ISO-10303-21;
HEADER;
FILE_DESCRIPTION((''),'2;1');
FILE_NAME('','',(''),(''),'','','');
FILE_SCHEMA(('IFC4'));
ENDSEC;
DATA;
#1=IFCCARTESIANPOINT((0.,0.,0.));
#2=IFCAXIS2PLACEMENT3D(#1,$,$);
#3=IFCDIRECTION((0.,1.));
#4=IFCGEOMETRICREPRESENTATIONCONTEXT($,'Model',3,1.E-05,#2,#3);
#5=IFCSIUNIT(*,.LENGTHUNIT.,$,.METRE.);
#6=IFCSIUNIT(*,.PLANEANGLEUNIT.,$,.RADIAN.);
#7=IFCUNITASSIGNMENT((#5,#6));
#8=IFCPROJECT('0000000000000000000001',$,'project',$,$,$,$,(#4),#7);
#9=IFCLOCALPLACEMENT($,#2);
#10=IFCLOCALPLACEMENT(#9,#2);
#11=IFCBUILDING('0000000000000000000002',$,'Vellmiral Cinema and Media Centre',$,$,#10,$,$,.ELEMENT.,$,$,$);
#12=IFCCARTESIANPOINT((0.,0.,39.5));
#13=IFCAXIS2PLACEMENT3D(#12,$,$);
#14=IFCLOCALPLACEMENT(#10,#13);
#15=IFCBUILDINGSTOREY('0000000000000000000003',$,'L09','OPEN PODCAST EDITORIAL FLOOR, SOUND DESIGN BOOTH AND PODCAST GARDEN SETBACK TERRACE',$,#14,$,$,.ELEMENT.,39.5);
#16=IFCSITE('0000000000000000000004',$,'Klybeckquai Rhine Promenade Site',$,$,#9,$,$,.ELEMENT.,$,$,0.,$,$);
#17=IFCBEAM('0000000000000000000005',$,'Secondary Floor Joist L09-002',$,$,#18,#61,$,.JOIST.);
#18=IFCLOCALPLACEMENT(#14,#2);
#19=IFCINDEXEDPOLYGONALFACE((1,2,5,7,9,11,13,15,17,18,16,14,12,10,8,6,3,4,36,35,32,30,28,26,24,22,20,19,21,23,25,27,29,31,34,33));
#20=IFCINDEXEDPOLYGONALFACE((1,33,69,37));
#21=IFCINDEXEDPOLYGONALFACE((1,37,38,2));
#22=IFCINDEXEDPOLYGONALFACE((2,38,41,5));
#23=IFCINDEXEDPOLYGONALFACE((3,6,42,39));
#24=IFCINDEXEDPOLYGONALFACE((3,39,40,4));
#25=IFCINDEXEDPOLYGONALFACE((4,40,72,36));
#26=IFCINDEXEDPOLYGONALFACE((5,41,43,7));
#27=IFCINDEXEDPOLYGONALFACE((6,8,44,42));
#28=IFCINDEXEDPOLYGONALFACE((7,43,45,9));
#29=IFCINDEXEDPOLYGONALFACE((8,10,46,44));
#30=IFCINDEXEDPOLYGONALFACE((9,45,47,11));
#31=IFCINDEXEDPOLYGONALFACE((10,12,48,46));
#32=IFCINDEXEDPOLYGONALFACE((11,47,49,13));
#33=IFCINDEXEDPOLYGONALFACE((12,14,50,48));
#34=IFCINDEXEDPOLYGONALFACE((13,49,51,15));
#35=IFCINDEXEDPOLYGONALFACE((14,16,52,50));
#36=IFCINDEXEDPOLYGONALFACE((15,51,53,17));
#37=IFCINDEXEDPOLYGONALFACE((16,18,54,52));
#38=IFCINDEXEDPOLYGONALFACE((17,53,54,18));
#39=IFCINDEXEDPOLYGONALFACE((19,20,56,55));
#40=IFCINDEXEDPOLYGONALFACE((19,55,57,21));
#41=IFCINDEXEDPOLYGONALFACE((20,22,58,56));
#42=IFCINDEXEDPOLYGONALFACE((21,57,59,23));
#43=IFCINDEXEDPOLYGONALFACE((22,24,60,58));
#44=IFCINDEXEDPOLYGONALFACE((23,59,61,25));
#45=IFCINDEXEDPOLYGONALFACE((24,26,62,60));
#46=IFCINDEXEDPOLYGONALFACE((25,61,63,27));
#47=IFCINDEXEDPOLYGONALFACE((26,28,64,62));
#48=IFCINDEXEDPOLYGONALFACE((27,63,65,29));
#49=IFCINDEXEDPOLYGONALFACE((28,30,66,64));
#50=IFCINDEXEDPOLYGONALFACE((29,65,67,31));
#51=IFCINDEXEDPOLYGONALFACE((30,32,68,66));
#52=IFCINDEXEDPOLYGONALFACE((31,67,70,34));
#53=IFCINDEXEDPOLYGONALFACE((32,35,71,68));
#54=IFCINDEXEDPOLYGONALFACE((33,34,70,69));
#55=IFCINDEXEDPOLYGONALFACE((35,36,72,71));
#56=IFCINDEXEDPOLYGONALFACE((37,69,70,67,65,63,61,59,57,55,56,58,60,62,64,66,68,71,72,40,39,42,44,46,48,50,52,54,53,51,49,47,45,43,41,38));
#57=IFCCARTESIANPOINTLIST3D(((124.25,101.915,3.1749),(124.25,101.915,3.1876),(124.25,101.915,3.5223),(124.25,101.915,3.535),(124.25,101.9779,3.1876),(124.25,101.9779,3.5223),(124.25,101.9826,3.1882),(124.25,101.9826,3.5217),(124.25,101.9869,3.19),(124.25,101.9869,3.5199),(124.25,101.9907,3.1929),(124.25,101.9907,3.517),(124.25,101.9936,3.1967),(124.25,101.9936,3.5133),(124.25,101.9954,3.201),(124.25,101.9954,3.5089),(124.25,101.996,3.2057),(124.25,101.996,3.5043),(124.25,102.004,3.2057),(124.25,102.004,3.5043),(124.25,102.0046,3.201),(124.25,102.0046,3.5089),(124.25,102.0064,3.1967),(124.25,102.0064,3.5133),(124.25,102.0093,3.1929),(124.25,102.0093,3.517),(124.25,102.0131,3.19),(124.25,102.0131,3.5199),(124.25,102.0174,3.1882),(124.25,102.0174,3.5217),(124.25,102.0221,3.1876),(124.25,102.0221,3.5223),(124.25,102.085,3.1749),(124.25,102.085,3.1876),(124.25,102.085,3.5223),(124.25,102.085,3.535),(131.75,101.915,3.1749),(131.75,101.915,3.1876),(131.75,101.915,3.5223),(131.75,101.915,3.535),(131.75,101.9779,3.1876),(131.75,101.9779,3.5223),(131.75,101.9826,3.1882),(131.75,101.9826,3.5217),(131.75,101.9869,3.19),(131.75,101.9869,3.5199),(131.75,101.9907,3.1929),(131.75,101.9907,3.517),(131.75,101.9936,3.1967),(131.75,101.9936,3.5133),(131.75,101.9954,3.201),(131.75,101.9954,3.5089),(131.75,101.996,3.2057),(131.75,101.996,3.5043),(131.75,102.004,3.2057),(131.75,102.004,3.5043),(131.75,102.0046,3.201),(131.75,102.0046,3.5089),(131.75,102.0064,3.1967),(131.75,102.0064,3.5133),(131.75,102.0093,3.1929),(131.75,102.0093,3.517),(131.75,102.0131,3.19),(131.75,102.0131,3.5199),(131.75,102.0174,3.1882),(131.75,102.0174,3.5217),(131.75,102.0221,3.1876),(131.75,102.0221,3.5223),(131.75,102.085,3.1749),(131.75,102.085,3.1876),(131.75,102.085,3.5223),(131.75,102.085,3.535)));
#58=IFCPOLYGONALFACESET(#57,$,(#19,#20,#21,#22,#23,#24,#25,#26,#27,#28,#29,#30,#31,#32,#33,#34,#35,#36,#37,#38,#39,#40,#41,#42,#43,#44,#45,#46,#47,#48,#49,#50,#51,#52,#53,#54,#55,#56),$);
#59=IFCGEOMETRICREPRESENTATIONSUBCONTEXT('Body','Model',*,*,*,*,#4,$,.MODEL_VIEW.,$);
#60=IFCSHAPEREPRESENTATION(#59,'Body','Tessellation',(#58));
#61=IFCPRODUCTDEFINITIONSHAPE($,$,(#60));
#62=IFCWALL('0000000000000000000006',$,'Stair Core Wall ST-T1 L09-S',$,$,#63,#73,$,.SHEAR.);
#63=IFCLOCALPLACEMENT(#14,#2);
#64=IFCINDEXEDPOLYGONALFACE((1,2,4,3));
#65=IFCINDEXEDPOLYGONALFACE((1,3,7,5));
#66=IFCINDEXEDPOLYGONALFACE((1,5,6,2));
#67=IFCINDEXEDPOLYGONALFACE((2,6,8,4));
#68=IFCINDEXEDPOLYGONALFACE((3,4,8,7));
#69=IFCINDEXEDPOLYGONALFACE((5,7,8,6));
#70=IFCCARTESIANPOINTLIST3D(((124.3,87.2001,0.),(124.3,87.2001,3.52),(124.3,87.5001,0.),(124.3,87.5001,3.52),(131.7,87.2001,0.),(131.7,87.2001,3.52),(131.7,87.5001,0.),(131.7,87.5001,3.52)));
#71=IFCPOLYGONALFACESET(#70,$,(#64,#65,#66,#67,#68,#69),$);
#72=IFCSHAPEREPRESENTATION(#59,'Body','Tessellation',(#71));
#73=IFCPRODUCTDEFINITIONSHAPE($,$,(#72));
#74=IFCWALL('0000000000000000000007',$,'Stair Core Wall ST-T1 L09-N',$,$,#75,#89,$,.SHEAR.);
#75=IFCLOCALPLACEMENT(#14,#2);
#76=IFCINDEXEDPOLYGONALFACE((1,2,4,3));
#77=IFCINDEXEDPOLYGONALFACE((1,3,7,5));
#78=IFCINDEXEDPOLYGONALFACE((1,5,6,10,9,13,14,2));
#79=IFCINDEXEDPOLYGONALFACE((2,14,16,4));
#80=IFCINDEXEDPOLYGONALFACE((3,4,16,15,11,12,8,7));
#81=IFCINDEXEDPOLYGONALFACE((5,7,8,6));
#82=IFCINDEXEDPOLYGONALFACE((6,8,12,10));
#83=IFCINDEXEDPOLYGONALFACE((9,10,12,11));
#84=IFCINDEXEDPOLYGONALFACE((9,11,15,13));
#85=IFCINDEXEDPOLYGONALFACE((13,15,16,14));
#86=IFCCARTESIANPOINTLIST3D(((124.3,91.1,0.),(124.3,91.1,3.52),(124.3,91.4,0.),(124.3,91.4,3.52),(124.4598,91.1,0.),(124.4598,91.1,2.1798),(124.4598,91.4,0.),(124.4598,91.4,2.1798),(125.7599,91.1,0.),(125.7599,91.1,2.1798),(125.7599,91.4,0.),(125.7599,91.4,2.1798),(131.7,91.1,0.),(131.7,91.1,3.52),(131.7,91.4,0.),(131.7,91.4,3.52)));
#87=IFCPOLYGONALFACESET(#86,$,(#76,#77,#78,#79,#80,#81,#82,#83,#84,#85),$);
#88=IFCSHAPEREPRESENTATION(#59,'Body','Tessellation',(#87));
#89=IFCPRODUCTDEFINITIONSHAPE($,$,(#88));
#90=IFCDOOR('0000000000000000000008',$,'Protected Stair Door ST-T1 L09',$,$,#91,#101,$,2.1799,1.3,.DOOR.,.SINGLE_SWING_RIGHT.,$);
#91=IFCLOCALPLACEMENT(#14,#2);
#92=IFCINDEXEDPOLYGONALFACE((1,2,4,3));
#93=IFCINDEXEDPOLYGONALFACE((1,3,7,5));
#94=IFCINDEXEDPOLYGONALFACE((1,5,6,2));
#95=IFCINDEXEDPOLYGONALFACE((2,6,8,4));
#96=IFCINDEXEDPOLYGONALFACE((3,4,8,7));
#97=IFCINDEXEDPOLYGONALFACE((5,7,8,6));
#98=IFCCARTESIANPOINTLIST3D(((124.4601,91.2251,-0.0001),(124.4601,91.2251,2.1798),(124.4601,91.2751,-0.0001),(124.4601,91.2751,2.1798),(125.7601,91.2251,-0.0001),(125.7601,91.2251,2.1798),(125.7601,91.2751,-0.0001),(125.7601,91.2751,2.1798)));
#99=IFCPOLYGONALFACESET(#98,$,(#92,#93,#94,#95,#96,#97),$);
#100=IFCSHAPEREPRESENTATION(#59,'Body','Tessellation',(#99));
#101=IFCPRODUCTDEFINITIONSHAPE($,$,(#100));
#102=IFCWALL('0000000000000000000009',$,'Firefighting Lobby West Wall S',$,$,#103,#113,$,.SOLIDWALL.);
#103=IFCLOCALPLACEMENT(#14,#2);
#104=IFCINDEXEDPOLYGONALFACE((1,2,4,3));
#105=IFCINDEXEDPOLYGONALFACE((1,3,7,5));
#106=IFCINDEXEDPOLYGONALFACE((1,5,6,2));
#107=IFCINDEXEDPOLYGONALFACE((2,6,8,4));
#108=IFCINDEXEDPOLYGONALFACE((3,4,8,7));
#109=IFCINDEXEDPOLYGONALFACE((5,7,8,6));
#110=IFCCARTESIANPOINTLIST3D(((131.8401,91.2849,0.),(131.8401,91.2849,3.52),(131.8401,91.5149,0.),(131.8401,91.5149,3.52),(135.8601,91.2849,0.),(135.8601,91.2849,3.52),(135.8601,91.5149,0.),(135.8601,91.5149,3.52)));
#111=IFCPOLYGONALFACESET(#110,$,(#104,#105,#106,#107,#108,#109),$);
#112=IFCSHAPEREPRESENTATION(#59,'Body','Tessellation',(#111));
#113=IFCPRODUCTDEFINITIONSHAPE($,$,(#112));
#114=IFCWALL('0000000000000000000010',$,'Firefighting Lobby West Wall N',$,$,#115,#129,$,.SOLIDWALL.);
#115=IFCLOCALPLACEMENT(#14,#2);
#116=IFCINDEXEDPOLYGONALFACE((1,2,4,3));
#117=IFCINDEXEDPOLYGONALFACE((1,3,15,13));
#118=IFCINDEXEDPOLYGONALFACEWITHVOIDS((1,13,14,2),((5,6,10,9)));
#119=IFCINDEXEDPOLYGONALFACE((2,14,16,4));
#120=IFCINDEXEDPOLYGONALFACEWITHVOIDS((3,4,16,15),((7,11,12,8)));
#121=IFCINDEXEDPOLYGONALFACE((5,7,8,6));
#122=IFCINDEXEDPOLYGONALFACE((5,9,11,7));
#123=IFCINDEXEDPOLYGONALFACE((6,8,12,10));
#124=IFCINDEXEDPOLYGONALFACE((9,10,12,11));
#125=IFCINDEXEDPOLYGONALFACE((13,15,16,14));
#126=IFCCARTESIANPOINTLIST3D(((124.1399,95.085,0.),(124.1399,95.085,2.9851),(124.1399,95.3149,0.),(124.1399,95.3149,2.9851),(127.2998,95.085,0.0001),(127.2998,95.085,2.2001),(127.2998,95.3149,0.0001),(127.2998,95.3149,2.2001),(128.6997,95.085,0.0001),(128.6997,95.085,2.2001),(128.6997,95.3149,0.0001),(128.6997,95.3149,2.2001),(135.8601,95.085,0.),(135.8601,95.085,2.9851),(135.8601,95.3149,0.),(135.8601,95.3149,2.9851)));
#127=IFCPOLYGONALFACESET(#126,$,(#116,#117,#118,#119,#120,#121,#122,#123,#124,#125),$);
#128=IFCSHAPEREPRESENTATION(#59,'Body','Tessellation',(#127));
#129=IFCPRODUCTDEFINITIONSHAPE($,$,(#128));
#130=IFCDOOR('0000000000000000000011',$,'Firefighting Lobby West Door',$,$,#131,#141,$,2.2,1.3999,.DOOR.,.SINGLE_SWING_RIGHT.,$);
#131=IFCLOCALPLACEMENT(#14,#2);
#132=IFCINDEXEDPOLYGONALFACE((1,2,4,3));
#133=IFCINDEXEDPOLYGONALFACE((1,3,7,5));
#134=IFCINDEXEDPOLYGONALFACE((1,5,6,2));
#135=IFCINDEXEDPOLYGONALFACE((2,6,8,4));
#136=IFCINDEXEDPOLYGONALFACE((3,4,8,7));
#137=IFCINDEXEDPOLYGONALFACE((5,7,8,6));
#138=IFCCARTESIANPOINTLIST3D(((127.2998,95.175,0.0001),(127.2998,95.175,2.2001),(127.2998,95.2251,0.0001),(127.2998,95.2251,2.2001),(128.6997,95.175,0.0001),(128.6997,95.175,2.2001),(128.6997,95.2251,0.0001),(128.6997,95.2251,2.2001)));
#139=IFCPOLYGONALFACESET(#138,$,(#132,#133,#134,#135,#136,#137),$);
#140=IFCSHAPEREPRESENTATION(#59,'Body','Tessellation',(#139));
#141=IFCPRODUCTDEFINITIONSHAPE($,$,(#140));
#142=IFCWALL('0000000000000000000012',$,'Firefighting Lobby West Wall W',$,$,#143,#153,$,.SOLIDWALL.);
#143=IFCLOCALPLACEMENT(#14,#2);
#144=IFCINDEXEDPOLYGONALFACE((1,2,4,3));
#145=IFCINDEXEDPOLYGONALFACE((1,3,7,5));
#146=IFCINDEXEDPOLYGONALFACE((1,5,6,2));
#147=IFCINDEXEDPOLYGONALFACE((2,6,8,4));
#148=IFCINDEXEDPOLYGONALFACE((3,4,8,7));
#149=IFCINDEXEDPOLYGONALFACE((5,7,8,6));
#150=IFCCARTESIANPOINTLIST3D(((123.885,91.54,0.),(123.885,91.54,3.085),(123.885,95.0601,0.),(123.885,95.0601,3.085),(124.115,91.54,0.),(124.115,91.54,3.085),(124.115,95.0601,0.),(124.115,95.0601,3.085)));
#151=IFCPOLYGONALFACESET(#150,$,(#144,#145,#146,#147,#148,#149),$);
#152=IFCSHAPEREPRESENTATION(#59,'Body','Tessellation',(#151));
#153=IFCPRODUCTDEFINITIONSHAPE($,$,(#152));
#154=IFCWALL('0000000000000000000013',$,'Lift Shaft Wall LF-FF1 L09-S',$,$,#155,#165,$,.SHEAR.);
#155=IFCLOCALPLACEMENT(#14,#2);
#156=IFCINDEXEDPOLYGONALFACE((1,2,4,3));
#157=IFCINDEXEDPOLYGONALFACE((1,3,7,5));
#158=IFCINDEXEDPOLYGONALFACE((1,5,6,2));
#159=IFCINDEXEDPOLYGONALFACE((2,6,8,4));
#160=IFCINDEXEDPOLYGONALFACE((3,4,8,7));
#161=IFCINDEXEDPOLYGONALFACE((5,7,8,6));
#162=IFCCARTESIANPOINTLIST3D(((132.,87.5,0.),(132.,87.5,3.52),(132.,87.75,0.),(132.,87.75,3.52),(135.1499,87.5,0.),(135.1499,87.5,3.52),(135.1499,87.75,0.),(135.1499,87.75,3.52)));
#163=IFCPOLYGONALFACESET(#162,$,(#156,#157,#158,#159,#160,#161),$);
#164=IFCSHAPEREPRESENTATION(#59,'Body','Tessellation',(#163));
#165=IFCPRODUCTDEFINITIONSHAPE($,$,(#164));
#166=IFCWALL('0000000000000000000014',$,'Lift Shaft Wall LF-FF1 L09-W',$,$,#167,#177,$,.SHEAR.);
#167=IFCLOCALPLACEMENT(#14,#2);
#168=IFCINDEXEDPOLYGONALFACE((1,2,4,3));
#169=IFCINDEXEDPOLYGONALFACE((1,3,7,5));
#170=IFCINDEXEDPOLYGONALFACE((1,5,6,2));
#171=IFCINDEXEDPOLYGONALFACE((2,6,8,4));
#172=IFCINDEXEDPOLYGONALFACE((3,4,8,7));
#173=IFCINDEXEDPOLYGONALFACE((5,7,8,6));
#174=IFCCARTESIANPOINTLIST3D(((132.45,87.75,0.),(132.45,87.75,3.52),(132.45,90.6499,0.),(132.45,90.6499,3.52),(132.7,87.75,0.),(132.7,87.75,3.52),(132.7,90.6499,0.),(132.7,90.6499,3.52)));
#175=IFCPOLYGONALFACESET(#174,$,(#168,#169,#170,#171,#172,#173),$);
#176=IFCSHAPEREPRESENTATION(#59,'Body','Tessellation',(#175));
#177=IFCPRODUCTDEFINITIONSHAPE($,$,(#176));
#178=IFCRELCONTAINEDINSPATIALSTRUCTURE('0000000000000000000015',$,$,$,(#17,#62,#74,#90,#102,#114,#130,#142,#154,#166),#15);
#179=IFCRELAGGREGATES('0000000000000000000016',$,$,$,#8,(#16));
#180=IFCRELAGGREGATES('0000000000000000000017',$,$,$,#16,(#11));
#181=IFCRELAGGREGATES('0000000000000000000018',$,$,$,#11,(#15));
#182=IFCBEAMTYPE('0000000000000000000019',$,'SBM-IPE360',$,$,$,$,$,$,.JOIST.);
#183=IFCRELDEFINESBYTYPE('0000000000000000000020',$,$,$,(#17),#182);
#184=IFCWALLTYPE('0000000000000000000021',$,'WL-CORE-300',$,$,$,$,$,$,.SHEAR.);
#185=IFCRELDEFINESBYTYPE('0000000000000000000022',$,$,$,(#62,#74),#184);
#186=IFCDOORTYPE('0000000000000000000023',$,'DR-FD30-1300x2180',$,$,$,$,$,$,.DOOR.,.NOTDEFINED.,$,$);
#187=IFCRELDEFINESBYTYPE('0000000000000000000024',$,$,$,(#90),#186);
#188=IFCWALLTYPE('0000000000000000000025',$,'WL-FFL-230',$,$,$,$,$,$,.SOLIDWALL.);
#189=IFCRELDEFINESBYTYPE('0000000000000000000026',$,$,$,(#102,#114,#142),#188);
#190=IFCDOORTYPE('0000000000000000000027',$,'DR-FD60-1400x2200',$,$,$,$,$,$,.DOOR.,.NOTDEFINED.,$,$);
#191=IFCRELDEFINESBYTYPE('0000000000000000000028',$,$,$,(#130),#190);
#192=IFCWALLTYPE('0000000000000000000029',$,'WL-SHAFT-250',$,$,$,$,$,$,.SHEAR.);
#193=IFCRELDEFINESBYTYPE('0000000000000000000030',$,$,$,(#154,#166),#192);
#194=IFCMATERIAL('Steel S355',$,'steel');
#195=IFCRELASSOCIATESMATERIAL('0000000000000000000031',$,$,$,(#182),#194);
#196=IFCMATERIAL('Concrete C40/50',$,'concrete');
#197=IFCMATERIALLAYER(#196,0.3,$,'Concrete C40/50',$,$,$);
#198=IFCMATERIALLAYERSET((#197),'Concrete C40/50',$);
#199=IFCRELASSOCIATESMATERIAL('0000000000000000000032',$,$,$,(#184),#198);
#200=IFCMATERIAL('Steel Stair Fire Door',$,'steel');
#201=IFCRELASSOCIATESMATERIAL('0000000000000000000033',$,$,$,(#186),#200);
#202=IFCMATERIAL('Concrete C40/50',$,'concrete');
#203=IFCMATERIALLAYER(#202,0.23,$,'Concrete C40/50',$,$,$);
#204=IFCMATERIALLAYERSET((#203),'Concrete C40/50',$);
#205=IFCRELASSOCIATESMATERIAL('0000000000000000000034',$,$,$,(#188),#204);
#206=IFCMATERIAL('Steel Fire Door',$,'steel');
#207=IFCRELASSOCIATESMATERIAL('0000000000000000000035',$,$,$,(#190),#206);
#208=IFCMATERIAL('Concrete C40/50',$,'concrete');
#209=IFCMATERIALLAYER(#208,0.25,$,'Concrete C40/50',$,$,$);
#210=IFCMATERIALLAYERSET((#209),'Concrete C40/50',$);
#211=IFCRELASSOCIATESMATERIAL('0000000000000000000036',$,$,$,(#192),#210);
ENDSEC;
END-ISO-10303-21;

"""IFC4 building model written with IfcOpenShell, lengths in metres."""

from ifc_helpers import new_model, si_unit, direction, frame, frame_2d, origin, origin_2d, place, context, subcontext, project, spatial, rectangle, i_section, extrude, material, layer, layer_set, material_profile, profile_set, type_object, element, fill, save


model = new_model("IFC4")

# Units and contexts
model_context = context("Model", 3, precision=1e-05, world=origin(), true_north=direction((0.0, 1.0)))
body_context = subcontext(model_context, "Body", "Model", "MODEL_VIEW")
ifc_project = project(units=[si_unit("LENGTHUNIT", "METRE"), si_unit("PLANEANGLEUNIT", "RADIAN")], contexts=[model_context])

# Site, building, storey
site_placement = place(None, origin())
site = spatial("IfcSite", under=ifc_project, at=site_placement, Name="Klybeckquai Rhine Promenade Site", CompositionType="ELEMENT", RefElevation=0.0)
building_placement = place(site_placement, origin())
building = spatial("IfcBuilding", under=site, at=building_placement, Name="Vellmiral Cinema and Media Centre", CompositionType="ELEMENT")
storey_placement = place(building_placement, frame((0.0, 0.0, 39.5)))
storey = spatial("IfcBuildingStorey", under=building, at=storey_placement, Name="L09", Description="OPEN PODCAST EDITORIAL FLOOR, SOUND DESIGN BOOTH AND PODCAST GARDEN SETBACK TERRACE", CompositionType="ELEMENT", Elevation=39.5)

# Beam
ifc_material_1 = material(Name="Steel S355", Category="steel")
ifc_material_profile_1 = material_profile(ifc_material_1, i_section(OverallWidth=0.1699, OverallDepth=0.3601, WebThickness=0.0081, FlangeThickness=0.0127, FilletRadius=0.0181, at=origin_2d()), Name="IPE 360")
ifc_profile_set_1 = profile_set([ifc_material_profile_1], Name="Steel S355")
beam_type_1 = type_object("IfcBeamType", Name="SBM-IPE360", PredefinedType="JOIST", material=ifc_profile_set_1)
beam_1_placement = place(storey_placement, frame((124.25, 102.0, 3.355), z_axis=(1.0, 0.0, 0.0), x_axis=(0.0, 1.0, 0.0)))
element("IfcBeam", 1, at=beam_1_placement, inside=storey, type_object=beam_type_1, Name="Secondary Floor Joist L09-002", PredefinedType="JOIST", context=body_context, shape_type="SweptSolid", body=[
    extrude(i_section(OverallWidth=0.1699, OverallDepth=0.3601, WebThickness=0.0081, FlangeThickness=0.0127, FilletRadius=0.0181, at=origin_2d()), origin(), (0.0, 0.0, 1.0), 7.5),
])

# Wall
ifc_material_2 = material(Name="Concrete C40/50", Category="concrete")
ifc_layer_1 = layer(ifc_material_2, 0.3, Name="Concrete C40/50")
ifc_layer_set_1 = layer_set([ifc_layer_1], Name="Concrete C40/50")
wall_type_1 = type_object("IfcWallType", Name="WL-CORE-300", PredefinedType="SHEAR", material=ifc_layer_set_1)
wall_1_placement = place(storey_placement, frame((124.3, 87.3501, 0.0), z_axis=(0.0, 0.0, 1.0), x_axis=(1.0, 0.0, 0.0)))
element("IfcWall", 2, at=wall_1_placement, inside=storey, type_object=wall_type_1, Name="Stair Core Wall ST-T1 L09-S", PredefinedType="SHEAR", context=body_context, shape_type="SweptSolid", body=[
    extrude(rectangle(XDim=7.3999, YDim=0.3, at=frame_2d((3.7, 0.0))), origin(), (0.0, 0.0, 1.0), 3.52),
])

# Wall, opening, door
wall_2_placement = place(storey_placement, frame((124.3, 91.25, 0.0), z_axis=(0.0, 0.0, 1.0), x_axis=(1.0, 0.0, 0.0)))
wall_2 = element("IfcWall", 3, at=wall_2_placement, inside=storey, type_object=wall_type_1, Name="Stair Core Wall ST-T1 L09-N", PredefinedType="SHEAR", context=body_context, shape_type="SweptSolid", body=[
    extrude(rectangle(XDim=7.3999, YDim=0.3, at=frame_2d((3.7, 0.0))), origin(), (0.0, 0.0, 1.0), 3.52),
])
opening_1_placement = place(wall_2_placement, frame((0.1599, 0.0, 0.0)))
opening_1 = element("IfcOpeningElement", 4, at=opening_1_placement, cuts=wall_2, PredefinedType="OPENING", context=body_context, shape_type="SweptSolid", body=[
    extrude(rectangle(XDim=1.3, YDim=2.1799, at=frame_2d((0.6499, 1.0898))), frame((0.0, 0.1621, 0.0), z_axis=(0.0, -1.0, 0.0), x_axis=(1.0, 0.0, 0.0)), (0.0, 0.0, 1.0), 0.324),
])
ifc_material_3 = material(Name="Steel Stair Fire Door", Category="steel")
door_type_1 = type_object("IfcDoorType", Name="DR-FD30-1300x2180", OperationType="NOTDEFINED", PredefinedType="DOOR", material=ifc_material_3)
door_1_placement = place(opening_1_placement, frame((1.3, 0.0, 0.0), z_axis=(0.0, 0.0, 1.0), x_axis=(-1.0, 0.0, 0.0)))
door_1 = element("IfcDoor", 5, at=door_1_placement, inside=storey, type_object=door_type_1, Name="Protected Stair Door ST-T1 L09", OperationType="SINGLE_SWING_RIGHT", OverallHeight=2.1799, OverallWidth=1.3, PredefinedType="DOOR", context=body_context, shape_type="SweptSolid", body=[
    extrude(rectangle(XDim=1.3, YDim=2.1799, at=frame_2d((0.6499, 1.0898))), frame((0.0, 0.0249, 0.0), z_axis=(0.0, -1.0, 0.0), x_axis=(1.0, 0.0, 0.0)), (0.0, 0.0, 1.0), 0.05),
])
fill(opening_1, door_1)

# Wall
ifc_material_4 = material(Name="Concrete C40/50", Category="concrete")
ifc_layer_2 = layer(ifc_material_4, 0.23, Name="Concrete C40/50")
ifc_layer_set_2 = layer_set([ifc_layer_2], Name="Concrete C40/50")
wall_type_2 = type_object("IfcWallType", Name="WL-FFL-230", PredefinedType="SOLIDWALL", material=ifc_layer_set_2)
wall_3_placement = place(storey_placement, frame((131.8401, 91.3999, 0.0), z_axis=(0.0, 0.0, 1.0), x_axis=(1.0, 0.0, 0.0)))
element("IfcWall", 6, at=wall_3_placement, inside=storey, type_object=wall_type_2, Name="Firefighting Lobby West Wall S", PredefinedType="SOLIDWALL", context=body_context, shape_type="SweptSolid", body=[
    extrude(rectangle(XDim=4.02, YDim=0.23, at=frame_2d((2.01, 0.0))), origin(), (0.0, 0.0, 1.0), 3.52),
])

# Wall, opening, door
wall_4_placement = place(storey_placement, frame((124.1399, 95.2, 0.0), z_axis=(0.0, 0.0, 1.0), x_axis=(1.0, 0.0, 0.0)))
wall_4 = element("IfcWall", 7, at=wall_4_placement, inside=storey, type_object=wall_type_2, Name="Firefighting Lobby West Wall N", PredefinedType="SOLIDWALL", context=body_context, shape_type="SweptSolid", body=[
    extrude(rectangle(XDim=11.7202, YDim=0.23, at=frame_2d((5.8601, 0.0))), origin(), (0.0, 0.0, 1.0), 2.9851),
])
opening_2_placement = place(wall_4_placement, frame((3.1599, 0.0, 0.0)))
opening_2 = element("IfcOpeningElement", 8, at=opening_2_placement, cuts=wall_4, PredefinedType="OPENING", context=body_context, shape_type="SweptSolid", body=[
    extrude(rectangle(XDim=1.3999, YDim=2.2, at=frame_2d((0.7, 1.1001))), frame((0.0, 0.127, 0.0), z_axis=(0.0, -1.0, 0.0), x_axis=(1.0, 0.0, 0.0)), (0.0, 0.0, 1.0), 0.2539),
])
ifc_material_5 = material(Name="Steel Fire Door", Category="steel")
door_type_2 = type_object("IfcDoorType", Name="DR-FD60-1400x2200", OperationType="NOTDEFINED", PredefinedType="DOOR", material=ifc_material_5)
door_2_placement = place(opening_2_placement, frame((1.3999, 0.0, 0.0), z_axis=(0.0, 0.0, 1.0), x_axis=(-1.0, 0.0, 0.0)))
door_2 = element("IfcDoor", 9, at=door_2_placement, inside=storey, type_object=door_type_2, Name="Firefighting Lobby West Door", OperationType="SINGLE_SWING_RIGHT", OverallHeight=2.2, OverallWidth=1.3999, PredefinedType="DOOR", context=body_context, shape_type="SweptSolid", body=[
    extrude(rectangle(XDim=1.3999, YDim=2.2, at=frame_2d((0.7, 1.1001))), frame((0.0, 0.0249, 0.0), z_axis=(0.0, -1.0, 0.0), x_axis=(1.0, 0.0, 0.0)), (0.0, 0.0, 1.0), 0.05),
])
fill(opening_2, door_2)

# Walls
wall_5_placement = place(storey_placement, frame((124.0, 91.54, 0.0), z_axis=(0.0, 0.0, 1.0), x_axis=(0.0, 1.0, 0.0)))
element("IfcWall", 10, at=wall_5_placement, inside=storey, type_object=wall_type_2, Name="Firefighting Lobby West Wall W", PredefinedType="SOLIDWALL", context=body_context, shape_type="SweptSolid", body=[
    extrude(rectangle(XDim=3.52, YDim=0.23, at=frame_2d((1.76, 0.0))), origin(), (0.0, 0.0, 1.0), 3.085),
])
ifc_material_6 = material(Name="Concrete C40/50", Category="concrete")
ifc_layer_3 = layer(ifc_material_6, 0.25, Name="Concrete C40/50")
ifc_layer_set_3 = layer_set([ifc_layer_3], Name="Concrete C40/50")
wall_type_3 = type_object("IfcWallType", Name="WL-SHAFT-250", PredefinedType="SHEAR", material=ifc_layer_set_3)
wall_6_placement = place(storey_placement, frame((132.0, 87.625, 0.0), z_axis=(0.0, 0.0, 1.0), x_axis=(1.0, 0.0, 0.0)))
element("IfcWall", 11, at=wall_6_placement, inside=storey, type_object=wall_type_3, Name="Lift Shaft Wall LF-FF1 L09-S", PredefinedType="SHEAR", context=body_context, shape_type="SweptSolid", body=[
    extrude(rectangle(XDim=3.1499, YDim=0.25, at=frame_2d((1.575, 0.0))), origin(), (0.0, 0.0, 1.0), 3.52),
])

# Wall
wall_7_placement = place(storey_placement, frame((132.575, 87.75, 0.0), z_axis=(0.0, 0.0, 1.0), x_axis=(0.0, 1.0, 0.0)))
element("IfcWall", 12, at=wall_7_placement, inside=storey, type_object=wall_type_3, Name="Lift Shaft Wall LF-FF1 L09-W", PredefinedType="SHEAR", context=body_context, shape_type="SweptSolid", body=[
    extrude(rectangle(XDim=2.8999, YDim=0.25, at=frame_2d((1.45, 0.0))), origin(), (0.0, 0.0, 1.0), 3.52),
])

save(model, "model.ifc")
